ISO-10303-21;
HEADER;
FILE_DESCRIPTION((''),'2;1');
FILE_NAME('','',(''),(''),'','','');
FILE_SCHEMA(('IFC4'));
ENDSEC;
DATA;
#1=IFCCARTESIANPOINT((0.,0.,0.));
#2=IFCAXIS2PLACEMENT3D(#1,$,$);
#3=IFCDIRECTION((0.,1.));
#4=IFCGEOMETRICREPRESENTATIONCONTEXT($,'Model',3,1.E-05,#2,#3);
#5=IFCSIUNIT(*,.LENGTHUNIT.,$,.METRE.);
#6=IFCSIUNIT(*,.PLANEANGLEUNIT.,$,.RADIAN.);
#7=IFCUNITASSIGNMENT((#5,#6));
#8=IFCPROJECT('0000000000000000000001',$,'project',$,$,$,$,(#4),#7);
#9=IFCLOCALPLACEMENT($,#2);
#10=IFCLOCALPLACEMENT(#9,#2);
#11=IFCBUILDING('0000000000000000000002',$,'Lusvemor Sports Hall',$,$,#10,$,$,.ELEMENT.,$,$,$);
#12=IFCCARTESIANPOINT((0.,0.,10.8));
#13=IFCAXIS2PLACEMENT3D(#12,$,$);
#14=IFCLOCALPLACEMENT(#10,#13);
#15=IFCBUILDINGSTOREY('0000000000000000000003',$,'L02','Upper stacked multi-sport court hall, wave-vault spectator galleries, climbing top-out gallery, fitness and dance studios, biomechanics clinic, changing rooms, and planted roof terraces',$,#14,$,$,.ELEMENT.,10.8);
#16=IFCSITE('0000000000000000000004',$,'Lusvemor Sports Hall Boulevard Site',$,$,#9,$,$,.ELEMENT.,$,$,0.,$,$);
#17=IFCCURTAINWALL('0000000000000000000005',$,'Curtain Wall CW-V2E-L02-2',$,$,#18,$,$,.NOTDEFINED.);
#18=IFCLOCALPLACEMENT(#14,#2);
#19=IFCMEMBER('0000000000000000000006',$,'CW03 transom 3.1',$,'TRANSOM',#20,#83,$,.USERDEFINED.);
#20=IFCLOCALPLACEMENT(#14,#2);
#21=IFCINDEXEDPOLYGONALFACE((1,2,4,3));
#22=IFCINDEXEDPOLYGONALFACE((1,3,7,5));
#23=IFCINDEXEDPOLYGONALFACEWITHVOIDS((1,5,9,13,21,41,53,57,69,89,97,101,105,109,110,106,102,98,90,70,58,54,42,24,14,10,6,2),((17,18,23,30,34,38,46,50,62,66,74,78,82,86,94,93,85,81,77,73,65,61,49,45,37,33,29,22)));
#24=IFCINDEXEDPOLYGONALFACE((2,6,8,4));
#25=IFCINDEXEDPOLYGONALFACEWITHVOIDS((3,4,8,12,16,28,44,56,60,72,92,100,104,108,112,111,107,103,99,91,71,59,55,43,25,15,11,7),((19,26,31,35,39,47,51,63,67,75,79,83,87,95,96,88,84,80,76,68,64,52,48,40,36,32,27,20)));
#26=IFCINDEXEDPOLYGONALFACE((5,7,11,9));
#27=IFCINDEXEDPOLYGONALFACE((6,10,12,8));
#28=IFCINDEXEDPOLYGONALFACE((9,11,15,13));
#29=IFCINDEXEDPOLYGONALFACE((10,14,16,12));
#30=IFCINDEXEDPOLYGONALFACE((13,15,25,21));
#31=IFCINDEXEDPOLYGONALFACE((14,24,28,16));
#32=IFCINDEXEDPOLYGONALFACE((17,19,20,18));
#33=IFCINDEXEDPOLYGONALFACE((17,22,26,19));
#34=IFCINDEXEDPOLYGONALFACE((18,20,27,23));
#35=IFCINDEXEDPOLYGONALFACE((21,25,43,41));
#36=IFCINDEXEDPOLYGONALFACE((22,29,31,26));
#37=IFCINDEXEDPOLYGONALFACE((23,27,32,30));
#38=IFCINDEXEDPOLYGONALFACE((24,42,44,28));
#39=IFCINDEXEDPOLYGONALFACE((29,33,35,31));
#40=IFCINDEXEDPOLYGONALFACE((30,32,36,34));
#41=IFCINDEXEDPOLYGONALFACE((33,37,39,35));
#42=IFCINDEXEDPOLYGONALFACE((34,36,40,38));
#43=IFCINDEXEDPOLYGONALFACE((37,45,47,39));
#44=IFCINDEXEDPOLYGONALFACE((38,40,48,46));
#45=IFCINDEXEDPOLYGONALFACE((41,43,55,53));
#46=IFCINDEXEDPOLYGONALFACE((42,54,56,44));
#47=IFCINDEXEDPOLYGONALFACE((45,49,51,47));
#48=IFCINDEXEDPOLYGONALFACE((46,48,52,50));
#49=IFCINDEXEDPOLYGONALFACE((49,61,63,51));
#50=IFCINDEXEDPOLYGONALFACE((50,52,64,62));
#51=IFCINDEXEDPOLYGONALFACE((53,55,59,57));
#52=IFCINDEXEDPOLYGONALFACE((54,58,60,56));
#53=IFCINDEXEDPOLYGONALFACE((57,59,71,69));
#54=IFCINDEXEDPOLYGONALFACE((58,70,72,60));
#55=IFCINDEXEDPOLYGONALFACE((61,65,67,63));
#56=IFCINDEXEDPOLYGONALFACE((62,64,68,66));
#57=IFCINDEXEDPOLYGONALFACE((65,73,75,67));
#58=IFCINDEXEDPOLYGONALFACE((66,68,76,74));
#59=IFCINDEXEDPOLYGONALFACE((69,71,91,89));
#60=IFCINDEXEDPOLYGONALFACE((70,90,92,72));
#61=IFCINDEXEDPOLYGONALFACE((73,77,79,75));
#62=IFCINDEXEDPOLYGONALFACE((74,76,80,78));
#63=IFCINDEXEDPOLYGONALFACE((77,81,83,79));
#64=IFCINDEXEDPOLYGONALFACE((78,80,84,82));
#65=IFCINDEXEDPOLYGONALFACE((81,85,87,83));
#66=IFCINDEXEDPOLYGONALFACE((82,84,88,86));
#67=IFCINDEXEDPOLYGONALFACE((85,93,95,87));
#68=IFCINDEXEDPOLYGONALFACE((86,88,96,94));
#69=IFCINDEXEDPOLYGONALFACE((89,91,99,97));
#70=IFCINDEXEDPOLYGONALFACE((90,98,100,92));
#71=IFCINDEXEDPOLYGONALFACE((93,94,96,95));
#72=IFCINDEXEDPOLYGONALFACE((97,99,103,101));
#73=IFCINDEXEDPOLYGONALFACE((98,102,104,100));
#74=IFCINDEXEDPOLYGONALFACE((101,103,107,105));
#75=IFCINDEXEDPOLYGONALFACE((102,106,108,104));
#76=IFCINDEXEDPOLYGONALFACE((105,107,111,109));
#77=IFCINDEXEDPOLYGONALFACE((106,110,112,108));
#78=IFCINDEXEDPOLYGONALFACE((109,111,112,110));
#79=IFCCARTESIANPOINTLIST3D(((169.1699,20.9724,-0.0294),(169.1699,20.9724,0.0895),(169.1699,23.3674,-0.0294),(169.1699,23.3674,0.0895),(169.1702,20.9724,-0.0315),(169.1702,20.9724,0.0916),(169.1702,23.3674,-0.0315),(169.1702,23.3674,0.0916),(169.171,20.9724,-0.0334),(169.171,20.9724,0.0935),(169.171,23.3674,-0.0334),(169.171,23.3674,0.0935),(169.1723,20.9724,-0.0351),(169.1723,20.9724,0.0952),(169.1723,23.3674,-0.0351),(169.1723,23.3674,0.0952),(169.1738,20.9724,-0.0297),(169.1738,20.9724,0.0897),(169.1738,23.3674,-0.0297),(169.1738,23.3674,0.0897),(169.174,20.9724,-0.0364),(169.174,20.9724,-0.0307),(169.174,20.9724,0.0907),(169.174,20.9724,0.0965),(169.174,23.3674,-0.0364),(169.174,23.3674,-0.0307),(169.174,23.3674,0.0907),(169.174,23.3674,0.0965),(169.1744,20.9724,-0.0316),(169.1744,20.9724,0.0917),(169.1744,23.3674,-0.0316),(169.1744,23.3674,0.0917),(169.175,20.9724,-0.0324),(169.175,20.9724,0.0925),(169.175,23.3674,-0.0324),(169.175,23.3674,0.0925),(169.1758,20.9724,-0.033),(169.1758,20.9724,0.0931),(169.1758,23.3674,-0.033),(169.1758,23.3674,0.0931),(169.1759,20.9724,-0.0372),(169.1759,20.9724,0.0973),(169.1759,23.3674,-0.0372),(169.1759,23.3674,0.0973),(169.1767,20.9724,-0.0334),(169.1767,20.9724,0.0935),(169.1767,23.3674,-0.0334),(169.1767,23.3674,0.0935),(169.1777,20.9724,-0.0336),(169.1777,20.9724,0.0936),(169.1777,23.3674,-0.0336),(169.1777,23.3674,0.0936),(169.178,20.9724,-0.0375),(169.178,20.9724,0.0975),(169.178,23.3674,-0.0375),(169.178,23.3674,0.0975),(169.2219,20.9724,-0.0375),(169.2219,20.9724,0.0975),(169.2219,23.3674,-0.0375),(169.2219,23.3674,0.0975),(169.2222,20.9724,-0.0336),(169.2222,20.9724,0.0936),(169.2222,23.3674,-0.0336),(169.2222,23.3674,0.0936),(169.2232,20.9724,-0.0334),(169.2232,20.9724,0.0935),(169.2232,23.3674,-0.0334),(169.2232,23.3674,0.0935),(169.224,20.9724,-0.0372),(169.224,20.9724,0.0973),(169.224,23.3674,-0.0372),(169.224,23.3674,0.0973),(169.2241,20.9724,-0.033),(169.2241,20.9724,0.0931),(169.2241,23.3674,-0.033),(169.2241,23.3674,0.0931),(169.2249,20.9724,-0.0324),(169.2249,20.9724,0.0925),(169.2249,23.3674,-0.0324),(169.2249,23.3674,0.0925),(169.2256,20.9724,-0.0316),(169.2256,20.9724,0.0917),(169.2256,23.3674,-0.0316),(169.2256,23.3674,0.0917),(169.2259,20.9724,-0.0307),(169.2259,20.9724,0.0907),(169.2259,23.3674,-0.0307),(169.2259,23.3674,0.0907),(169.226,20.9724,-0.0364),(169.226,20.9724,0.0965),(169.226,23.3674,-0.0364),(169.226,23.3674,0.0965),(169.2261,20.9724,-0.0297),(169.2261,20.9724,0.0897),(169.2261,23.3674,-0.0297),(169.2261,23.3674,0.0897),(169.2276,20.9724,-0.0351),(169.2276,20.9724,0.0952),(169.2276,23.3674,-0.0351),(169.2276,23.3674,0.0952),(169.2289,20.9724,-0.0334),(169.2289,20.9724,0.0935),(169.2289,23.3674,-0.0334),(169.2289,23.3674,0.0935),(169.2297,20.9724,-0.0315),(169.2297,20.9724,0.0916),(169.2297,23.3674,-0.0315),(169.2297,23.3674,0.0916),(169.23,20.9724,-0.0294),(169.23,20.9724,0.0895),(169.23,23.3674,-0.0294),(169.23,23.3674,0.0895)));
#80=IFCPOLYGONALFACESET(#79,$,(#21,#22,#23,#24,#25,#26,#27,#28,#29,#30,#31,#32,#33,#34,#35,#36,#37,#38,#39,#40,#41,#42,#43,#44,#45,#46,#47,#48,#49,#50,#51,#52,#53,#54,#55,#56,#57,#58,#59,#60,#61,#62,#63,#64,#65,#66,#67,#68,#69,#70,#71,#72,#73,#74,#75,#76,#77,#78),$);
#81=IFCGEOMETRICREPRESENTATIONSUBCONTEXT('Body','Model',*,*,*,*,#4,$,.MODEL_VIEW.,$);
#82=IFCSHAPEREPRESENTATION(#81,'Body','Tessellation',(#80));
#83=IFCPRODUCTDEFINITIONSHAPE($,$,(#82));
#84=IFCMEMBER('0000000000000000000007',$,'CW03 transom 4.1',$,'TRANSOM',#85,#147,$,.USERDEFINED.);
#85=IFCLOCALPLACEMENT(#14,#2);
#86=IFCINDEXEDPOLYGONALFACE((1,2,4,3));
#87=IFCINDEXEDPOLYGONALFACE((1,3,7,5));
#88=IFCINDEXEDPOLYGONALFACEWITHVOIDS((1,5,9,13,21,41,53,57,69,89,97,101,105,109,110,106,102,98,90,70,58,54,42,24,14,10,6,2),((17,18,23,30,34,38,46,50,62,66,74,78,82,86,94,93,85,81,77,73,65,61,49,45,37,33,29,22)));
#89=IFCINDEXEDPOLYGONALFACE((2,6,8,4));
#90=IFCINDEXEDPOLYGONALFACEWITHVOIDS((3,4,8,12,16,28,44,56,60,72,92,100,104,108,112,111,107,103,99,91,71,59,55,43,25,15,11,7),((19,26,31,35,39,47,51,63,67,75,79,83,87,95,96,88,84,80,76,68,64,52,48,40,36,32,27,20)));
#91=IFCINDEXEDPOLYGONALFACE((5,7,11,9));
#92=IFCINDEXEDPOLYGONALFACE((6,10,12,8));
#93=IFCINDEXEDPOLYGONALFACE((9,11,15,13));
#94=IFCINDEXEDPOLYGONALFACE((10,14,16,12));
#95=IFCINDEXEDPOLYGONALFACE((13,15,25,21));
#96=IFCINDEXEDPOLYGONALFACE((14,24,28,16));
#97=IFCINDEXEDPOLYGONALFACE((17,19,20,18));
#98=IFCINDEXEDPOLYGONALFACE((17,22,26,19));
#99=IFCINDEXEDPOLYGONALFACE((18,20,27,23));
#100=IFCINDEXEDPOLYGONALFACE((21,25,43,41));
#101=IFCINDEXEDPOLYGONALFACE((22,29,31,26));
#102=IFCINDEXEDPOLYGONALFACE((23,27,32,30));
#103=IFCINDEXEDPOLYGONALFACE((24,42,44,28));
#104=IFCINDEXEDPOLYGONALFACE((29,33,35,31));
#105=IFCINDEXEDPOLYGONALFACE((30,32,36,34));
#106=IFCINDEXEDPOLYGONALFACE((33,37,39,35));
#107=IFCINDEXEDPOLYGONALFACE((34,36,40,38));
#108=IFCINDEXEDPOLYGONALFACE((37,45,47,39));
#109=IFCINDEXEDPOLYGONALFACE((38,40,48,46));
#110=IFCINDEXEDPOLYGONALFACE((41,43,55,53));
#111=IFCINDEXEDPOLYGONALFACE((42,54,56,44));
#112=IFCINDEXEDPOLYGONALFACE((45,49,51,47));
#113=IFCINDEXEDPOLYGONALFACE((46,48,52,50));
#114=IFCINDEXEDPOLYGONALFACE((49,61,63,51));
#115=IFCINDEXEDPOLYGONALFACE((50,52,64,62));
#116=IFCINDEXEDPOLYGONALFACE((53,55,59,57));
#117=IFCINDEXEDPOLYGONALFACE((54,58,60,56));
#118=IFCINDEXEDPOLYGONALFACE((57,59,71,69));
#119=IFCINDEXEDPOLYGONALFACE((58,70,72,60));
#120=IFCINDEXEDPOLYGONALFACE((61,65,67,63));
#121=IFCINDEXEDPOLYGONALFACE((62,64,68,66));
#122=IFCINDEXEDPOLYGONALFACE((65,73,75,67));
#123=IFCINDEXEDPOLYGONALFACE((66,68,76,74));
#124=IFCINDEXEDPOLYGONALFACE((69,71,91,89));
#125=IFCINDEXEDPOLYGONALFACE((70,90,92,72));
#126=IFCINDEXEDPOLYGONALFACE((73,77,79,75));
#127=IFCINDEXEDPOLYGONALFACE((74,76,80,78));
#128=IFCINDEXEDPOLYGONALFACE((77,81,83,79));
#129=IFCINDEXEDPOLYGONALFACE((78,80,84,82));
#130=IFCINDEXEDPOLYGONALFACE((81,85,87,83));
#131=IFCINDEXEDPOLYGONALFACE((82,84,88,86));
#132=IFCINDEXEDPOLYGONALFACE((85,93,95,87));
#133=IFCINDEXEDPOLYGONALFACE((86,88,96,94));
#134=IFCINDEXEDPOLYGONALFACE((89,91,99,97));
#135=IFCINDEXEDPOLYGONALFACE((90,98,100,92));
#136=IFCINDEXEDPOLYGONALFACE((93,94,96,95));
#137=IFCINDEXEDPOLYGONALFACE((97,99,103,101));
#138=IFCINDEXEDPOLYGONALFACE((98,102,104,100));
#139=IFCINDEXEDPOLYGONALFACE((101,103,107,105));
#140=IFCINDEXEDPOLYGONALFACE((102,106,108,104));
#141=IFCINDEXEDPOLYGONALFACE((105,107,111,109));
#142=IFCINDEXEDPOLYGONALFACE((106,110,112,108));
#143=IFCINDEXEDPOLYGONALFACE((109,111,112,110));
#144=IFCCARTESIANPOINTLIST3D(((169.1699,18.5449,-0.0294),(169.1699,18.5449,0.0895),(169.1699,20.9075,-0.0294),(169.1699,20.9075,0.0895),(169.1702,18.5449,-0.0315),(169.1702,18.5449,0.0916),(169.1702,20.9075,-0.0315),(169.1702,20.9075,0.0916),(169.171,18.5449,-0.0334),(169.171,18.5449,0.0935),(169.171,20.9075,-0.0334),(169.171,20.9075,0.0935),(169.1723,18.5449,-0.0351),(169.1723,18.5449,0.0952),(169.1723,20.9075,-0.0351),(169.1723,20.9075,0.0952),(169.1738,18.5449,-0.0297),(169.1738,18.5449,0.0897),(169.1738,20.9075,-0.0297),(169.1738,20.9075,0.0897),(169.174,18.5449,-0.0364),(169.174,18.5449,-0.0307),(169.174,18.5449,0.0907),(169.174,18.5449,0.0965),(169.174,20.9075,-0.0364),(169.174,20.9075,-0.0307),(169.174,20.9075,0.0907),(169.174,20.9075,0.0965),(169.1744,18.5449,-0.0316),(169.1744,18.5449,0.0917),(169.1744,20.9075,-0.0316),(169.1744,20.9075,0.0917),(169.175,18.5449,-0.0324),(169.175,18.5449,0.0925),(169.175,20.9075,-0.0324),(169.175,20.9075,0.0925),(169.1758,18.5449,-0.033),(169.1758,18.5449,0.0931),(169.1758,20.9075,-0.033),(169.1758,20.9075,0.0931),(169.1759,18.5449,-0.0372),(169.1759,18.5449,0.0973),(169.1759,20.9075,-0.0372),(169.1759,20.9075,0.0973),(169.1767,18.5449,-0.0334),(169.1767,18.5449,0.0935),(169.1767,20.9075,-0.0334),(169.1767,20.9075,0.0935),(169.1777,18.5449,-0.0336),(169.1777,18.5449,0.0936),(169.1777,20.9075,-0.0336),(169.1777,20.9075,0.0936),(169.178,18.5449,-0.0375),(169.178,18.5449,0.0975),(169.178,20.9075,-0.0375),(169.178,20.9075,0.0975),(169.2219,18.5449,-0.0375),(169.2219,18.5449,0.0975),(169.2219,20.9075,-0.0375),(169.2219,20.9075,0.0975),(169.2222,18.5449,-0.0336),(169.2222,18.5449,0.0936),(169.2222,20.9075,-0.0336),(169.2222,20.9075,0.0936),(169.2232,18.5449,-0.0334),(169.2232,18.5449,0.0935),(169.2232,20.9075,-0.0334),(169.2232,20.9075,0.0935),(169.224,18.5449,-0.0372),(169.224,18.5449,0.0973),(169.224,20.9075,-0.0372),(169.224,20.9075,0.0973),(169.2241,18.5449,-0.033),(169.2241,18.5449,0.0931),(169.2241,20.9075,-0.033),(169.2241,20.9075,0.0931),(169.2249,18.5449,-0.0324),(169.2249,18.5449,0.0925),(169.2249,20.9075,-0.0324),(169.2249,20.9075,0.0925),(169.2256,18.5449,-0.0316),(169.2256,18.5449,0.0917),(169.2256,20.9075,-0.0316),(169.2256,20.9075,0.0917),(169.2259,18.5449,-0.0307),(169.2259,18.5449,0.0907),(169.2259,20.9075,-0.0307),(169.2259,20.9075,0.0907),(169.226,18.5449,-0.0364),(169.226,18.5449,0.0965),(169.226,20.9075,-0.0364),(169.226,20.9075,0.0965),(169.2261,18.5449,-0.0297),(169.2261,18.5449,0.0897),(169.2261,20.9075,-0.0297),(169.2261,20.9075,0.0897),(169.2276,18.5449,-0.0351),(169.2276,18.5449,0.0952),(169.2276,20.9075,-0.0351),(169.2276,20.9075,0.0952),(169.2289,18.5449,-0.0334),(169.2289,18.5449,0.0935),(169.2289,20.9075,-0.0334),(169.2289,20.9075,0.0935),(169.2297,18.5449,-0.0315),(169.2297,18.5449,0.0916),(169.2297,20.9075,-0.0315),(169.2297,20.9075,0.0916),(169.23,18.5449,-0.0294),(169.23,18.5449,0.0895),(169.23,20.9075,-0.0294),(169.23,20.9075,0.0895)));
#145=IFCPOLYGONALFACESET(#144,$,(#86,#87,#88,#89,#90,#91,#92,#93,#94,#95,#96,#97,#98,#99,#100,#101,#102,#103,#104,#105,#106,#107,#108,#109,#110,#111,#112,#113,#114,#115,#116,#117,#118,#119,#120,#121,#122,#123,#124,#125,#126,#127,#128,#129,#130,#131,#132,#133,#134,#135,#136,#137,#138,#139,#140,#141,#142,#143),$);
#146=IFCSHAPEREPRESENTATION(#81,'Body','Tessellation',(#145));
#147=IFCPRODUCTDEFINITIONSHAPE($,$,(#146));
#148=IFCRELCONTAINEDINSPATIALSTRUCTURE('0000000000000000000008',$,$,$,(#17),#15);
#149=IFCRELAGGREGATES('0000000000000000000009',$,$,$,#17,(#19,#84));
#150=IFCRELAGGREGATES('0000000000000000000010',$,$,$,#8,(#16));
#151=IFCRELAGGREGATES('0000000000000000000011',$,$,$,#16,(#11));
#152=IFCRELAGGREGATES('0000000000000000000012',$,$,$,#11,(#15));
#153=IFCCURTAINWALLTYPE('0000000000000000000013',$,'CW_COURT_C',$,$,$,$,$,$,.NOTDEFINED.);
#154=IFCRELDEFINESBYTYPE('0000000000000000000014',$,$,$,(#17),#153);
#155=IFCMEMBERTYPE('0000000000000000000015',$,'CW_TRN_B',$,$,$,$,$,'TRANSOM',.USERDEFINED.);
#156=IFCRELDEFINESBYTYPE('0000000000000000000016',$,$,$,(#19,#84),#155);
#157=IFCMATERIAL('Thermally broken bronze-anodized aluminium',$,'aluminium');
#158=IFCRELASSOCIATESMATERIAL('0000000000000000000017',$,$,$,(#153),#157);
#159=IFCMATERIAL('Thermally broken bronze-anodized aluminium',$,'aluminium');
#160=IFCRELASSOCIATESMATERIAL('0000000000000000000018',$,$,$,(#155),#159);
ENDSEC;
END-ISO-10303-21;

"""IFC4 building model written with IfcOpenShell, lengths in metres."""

from ifc_helpers import new_model, si_unit, direction, frame, origin, origin_2d, place, context, subcontext, project, spatial, hollow_rectangle, extrude, material, material_profile, profile_set, type_object, element, aggregate, save


model = new_model("IFC4")

# Units and contexts
model_context = context("Model", 3, precision=1e-05, world=origin(), true_north=direction((0.0, 1.0)))
body_context = subcontext(model_context, "Body", "Model", "MODEL_VIEW")
ifc_project = project(units=[si_unit("LENGTHUNIT", "METRE"), si_unit("PLANEANGLEUNIT", "RADIAN")], contexts=[model_context])

# Site, building, storey
site_placement = place(None, origin())
site = spatial("IfcSite", under=ifc_project, at=site_placement, Name="Lusvemor Sports Hall Boulevard Site", CompositionType="ELEMENT", RefElevation=0.0)
building_placement = place(site_placement, origin())
building = spatial("IfcBuilding", under=site, at=building_placement, Name="Lusvemor Sports Hall", CompositionType="ELEMENT")
storey_placement = place(building_placement, frame((0.0, 0.0, 10.8)))
storey = spatial("IfcBuildingStorey", under=building, at=storey_placement, Name="L02", Description="Upper stacked multi-sport court hall, wave-vault spectator galleries, climbing top-out gallery, fitness and dance studios, biomechanics clinic, changing rooms, and planted roof terraces", CompositionType="ELEMENT", Elevation=10.8)

# Shared definitions
ifc_material_1 = material(Name="Thermally broken bronze-anodized aluminium", Category="aluminium")
curtain_wall_type = type_object("IfcCurtainWallType", Name="CW_COURT_C", PredefinedType="NOTDEFINED", material=ifc_material_1)

# Curtain wall
curtain_wall_1_placement = place(storey_placement, origin())
curtain_wall_1 = element("IfcCurtainWall", 1, at=curtain_wall_1_placement, inside=storey, type_object=curtain_wall_type, Name="Curtain Wall CW-V2E-L02-2", PredefinedType="NOTDEFINED")

# Members
ifc_material_2 = material(Name="Thermally broken bronze-anodized aluminium", Category="aluminium")
ifc_material_profile_1 = material_profile(ifc_material_2, hollow_rectangle(XDim=0.0601, YDim=0.135, WallThickness=0.0039, InnerFilletRadius=0.0039, OuterFilletRadius=0.0081, at=origin_2d()), Name="CWTRN135x60x4")
ifc_profile_set_1 = profile_set([ifc_material_profile_1], Name="Thermally broken bronze-anodized aluminium")
member_type_1 = type_object("IfcMemberType", Name="CW_TRN_B", ElementType="TRANSOM", PredefinedType="USERDEFINED", material=ifc_profile_set_1)
member_1_placement = place(storey_placement, frame((169.2, 23.3674, 0.03), z_axis=(0.0, -1.0, 0.0), x_axis=(1.0, 0.0, 0.0)))
member_1 = element("IfcMember", 2, at=member_1_placement, type_object=member_type_1, Name="CW03 transom 3.1", ObjectType="TRANSOM", PredefinedType="USERDEFINED", context=body_context, shape_type="SweptSolid", body=[
    extrude(hollow_rectangle(XDim=0.0601, YDim=0.135, WallThickness=0.0039, InnerFilletRadius=0.0039, OuterFilletRadius=0.0081, at=origin_2d()), origin(), (0.0, 0.0, 1.0), 2.395),
])
member_2_placement = place(storey_placement, frame((169.2, 20.9075, 0.03), z_axis=(0.0, -1.0, 0.0), x_axis=(1.0, 0.0, 0.0)))
member_2 = element("IfcMember", 3, at=member_2_placement, type_object=member_type_1, Name="CW03 transom 4.1", ObjectType="TRANSOM", PredefinedType="USERDEFINED", context=body_context, shape_type="SweptSolid", body=[
    extrude(hollow_rectangle(XDim=0.0601, YDim=0.135, WallThickness=0.0039, InnerFilletRadius=0.0039, OuterFilletRadius=0.0081, at=origin_2d()), origin(), (0.0, 0.0, 1.0), 2.3625),
])

aggregate(curtain_wall_1, [member_1, member_2])

save(model, "model.ifc")
